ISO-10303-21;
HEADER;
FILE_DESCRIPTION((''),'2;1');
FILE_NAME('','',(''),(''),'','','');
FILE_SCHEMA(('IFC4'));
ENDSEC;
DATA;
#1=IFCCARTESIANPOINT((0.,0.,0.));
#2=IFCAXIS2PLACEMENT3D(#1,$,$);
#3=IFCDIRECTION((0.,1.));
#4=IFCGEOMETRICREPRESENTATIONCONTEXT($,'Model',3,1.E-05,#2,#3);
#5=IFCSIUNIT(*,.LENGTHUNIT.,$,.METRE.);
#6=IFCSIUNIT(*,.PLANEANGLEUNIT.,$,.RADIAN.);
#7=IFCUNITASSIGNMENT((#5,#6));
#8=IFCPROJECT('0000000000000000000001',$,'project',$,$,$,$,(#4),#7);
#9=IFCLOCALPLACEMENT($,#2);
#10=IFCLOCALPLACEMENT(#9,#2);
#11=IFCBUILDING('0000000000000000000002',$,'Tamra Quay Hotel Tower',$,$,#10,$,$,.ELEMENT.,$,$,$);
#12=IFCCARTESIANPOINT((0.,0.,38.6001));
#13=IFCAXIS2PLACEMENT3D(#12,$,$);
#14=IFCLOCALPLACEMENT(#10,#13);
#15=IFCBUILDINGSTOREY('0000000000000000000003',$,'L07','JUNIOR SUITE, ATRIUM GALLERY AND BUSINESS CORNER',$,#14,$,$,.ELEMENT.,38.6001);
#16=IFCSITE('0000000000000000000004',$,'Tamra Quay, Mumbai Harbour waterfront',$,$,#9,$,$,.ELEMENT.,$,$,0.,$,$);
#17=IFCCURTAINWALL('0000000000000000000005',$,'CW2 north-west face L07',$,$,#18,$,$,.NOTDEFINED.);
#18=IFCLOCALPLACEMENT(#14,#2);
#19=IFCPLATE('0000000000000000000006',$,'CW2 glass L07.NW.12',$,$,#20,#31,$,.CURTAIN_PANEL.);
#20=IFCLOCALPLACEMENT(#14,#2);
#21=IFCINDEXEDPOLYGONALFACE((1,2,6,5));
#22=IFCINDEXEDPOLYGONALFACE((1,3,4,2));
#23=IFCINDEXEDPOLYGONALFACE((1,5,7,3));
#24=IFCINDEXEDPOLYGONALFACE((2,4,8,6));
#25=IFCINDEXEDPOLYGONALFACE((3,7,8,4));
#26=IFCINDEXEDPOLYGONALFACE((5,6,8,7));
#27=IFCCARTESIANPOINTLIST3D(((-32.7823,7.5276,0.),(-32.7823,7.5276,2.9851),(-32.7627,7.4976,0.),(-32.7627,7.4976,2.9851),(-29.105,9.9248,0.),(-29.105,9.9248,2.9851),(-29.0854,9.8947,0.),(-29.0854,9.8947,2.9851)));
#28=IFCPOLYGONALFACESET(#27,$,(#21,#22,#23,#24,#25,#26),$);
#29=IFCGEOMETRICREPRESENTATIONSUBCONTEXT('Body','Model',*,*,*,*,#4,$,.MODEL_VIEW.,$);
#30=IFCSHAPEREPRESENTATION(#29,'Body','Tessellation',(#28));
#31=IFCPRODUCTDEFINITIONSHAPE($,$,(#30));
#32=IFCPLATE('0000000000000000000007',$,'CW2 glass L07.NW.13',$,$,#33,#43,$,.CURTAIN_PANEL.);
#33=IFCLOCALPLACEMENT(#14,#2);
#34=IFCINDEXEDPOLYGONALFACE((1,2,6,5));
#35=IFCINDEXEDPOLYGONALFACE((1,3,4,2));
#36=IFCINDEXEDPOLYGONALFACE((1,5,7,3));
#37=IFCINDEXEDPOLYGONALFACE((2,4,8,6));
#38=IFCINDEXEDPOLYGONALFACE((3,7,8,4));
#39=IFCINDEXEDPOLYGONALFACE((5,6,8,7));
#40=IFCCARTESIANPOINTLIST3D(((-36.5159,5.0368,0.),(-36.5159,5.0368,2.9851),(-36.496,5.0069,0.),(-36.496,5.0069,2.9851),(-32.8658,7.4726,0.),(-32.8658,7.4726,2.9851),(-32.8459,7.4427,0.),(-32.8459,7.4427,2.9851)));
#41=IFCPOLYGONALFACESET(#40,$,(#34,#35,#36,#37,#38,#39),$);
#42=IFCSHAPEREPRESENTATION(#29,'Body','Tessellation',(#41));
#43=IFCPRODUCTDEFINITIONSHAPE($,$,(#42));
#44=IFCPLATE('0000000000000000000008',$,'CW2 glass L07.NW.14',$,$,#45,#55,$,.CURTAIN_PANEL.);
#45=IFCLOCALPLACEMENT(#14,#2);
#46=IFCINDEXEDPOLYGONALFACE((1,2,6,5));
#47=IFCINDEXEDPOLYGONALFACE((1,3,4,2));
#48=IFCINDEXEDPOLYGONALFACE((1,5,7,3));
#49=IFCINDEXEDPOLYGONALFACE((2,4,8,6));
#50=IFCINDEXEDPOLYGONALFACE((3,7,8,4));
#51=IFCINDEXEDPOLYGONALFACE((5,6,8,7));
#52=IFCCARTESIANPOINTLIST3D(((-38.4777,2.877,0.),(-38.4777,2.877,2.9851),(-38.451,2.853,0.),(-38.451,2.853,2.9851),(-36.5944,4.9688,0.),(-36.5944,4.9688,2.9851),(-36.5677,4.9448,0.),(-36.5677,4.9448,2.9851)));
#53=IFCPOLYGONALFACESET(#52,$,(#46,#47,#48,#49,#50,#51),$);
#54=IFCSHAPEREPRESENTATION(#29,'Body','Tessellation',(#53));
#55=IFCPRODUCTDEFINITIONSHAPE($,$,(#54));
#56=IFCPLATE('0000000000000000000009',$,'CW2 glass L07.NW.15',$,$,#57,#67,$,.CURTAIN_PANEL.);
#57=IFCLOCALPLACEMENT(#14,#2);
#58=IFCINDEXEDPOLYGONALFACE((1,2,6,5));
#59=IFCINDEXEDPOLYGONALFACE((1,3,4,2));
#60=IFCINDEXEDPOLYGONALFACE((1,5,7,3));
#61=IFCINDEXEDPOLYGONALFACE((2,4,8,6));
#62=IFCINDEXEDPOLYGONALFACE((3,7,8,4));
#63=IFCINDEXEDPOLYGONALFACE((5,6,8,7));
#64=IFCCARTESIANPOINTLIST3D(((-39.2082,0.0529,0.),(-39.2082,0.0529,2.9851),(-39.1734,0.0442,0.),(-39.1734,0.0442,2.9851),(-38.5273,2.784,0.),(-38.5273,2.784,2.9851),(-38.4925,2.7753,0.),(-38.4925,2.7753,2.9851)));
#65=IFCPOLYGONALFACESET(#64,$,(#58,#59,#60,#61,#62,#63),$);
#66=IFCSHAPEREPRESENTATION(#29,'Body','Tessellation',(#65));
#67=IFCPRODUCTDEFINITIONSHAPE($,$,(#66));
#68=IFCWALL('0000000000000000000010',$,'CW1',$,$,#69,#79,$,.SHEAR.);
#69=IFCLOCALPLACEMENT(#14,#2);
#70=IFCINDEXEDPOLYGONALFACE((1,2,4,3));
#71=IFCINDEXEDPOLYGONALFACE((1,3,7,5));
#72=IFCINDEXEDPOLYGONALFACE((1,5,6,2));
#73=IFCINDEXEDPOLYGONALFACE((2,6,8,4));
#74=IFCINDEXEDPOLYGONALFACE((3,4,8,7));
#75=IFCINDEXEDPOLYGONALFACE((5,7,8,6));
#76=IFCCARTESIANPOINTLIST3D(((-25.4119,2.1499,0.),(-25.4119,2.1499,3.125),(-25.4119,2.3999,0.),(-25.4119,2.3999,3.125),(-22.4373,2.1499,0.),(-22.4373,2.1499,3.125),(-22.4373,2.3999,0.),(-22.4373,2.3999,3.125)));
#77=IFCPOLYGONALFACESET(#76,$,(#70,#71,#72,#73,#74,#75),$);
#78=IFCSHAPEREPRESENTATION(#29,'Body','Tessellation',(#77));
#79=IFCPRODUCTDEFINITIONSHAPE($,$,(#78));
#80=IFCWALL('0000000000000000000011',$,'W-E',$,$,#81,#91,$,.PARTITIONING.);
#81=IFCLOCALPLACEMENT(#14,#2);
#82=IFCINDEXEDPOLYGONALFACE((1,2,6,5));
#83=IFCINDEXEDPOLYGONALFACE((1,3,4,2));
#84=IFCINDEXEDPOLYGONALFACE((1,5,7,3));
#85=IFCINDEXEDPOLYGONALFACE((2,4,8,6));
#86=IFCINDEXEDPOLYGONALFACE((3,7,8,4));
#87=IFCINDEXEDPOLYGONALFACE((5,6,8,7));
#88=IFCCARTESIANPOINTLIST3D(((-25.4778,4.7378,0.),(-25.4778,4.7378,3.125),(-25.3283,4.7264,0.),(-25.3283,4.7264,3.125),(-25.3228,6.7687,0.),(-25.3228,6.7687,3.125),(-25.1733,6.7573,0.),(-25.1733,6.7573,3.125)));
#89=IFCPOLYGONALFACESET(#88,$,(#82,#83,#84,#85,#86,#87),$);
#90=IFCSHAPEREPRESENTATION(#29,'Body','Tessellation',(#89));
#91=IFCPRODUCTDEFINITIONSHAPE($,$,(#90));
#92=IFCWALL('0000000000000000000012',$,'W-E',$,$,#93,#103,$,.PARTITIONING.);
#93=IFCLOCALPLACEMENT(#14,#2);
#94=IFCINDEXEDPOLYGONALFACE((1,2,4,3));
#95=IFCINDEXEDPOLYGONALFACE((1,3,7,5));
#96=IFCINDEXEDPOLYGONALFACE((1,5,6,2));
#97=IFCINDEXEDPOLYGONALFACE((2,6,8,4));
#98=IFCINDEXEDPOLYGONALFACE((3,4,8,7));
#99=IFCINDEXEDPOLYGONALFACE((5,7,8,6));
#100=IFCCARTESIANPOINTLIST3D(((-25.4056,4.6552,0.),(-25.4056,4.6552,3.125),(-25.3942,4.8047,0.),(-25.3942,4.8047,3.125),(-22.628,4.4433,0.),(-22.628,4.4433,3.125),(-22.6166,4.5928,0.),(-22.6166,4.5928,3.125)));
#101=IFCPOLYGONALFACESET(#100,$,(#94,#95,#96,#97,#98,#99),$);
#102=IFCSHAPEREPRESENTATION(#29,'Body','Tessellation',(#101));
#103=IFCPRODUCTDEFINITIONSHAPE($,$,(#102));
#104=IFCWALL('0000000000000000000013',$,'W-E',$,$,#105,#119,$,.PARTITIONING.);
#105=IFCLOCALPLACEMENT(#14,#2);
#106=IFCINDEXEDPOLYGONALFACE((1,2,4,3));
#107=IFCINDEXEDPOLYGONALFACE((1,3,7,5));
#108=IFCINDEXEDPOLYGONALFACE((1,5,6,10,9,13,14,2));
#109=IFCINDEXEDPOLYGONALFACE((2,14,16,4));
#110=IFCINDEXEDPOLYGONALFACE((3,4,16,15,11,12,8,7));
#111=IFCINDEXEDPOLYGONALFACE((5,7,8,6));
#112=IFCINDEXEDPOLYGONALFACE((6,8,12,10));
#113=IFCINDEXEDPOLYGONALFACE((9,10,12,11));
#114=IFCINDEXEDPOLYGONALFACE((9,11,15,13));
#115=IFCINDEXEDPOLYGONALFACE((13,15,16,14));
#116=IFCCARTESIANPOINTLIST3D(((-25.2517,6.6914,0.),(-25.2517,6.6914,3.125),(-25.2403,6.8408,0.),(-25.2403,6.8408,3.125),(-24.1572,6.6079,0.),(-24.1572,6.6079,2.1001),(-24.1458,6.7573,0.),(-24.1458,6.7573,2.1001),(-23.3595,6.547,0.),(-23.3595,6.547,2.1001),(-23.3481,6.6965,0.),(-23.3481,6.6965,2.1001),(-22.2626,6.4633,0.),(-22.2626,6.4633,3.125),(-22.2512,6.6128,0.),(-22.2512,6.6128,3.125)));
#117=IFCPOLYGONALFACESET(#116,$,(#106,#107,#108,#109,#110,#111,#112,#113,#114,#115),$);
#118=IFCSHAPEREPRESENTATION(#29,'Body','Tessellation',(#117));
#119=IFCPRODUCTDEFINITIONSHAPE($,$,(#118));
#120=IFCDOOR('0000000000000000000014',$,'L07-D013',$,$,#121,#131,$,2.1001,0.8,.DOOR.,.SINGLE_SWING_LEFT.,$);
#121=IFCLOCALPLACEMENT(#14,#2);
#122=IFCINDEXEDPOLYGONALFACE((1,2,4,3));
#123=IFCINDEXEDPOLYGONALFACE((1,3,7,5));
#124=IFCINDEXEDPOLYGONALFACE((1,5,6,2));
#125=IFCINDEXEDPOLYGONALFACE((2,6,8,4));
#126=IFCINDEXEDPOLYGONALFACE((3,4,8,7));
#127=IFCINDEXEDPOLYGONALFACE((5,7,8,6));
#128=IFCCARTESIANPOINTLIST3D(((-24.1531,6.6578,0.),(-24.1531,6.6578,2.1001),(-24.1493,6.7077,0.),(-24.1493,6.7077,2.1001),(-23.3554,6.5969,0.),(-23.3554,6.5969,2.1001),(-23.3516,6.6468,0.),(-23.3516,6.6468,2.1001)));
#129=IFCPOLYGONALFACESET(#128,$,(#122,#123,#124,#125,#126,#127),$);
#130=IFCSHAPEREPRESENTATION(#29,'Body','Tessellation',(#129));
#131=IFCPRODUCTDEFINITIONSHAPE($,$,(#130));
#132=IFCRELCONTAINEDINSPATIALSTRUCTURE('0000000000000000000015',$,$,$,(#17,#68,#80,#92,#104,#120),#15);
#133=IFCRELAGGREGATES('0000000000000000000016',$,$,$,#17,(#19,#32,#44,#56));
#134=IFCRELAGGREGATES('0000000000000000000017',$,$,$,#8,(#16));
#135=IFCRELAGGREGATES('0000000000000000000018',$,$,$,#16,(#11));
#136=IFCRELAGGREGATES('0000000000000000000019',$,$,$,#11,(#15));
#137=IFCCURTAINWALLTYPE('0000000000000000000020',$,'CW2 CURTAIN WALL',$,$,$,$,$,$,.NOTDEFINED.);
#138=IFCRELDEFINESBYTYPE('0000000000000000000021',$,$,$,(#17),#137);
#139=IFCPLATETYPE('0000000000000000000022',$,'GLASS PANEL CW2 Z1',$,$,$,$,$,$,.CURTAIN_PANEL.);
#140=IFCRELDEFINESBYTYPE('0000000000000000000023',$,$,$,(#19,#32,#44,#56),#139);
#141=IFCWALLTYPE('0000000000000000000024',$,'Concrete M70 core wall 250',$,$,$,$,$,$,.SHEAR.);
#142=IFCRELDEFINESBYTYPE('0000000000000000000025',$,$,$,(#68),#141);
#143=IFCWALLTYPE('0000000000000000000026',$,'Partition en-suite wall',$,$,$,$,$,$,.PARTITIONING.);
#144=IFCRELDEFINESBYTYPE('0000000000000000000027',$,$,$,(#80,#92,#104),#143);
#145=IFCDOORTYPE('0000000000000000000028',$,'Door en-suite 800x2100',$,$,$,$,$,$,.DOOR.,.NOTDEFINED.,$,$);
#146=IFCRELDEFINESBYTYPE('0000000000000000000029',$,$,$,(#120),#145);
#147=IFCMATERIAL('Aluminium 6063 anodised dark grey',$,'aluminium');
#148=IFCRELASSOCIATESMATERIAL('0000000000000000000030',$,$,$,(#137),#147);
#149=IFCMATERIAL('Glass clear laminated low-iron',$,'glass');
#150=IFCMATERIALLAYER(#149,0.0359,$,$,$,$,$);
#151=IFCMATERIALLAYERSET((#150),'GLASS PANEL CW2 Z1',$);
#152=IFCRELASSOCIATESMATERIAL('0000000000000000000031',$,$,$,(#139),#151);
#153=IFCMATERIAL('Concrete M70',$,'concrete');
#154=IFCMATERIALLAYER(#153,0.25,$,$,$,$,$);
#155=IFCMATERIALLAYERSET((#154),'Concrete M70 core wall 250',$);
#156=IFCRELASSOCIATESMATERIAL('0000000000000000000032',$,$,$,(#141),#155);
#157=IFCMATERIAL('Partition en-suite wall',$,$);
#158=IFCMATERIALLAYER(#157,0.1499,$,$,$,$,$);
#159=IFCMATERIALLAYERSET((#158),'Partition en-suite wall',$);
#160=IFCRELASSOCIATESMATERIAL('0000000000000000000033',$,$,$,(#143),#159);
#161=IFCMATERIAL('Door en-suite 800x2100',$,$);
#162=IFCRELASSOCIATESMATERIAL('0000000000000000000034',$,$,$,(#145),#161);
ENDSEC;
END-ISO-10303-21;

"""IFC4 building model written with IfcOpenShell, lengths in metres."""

from ifc_helpers import new_model, si_unit, direction, frame, frame_2d, origin, origin_2d, place, context, subcontext, project, spatial, rectangle, extrude, material, layer, layer_set, type_object, element, fill, aggregate, save


model = new_model("IFC4")

# Units and contexts
model_context = context("Model", 3, precision=1e-05, world=origin(), true_north=direction((0.0, 1.0)))
body_context = subcontext(model_context, "Body", "Model", "MODEL_VIEW")
ifc_project = project(units=[si_unit("LENGTHUNIT", "METRE"), si_unit("PLANEANGLEUNIT", "RADIAN")], contexts=[model_context])

# Site, building, storey
site_placement = place(None, origin())
site = spatial("IfcSite", under=ifc_project, at=site_placement, Name="Tamra Quay, Mumbai Harbour waterfront", CompositionType="ELEMENT", RefElevation=0.0)
building_placement = place(site_placement, origin())
building = spatial("IfcBuilding", under=site, at=building_placement, Name="Tamra Quay Hotel Tower", CompositionType="ELEMENT")
storey_placement = place(building_placement, frame((0.0, 0.0, 38.6001)))
storey = spatial("IfcBuildingStorey", under=building, at=storey_placement, Name="L07", Description="JUNIOR SUITE, ATRIUM GALLERY AND BUSINESS CORNER", CompositionType="ELEMENT", Elevation=38.6001)

# Shared definitions
ifc_material_1 = material(Name="Concrete M70", Category="concrete")

# Curtain wall
ifc_material_2 = material(Name="Aluminium 6063 anodised dark grey", Category="aluminium")
curtain_wall_type = type_object("IfcCurtainWallType", Name="CW2 CURTAIN WALL", PredefinedType="NOTDEFINED", material=ifc_material_2)
curtain_wall_placement = place(storey_placement, origin())
curtain_wall = element("IfcCurtainWall", 1, at=curtain_wall_placement, inside=storey, type_object=curtain_wall_type, Name="CW2 north-west face L07", PredefinedType="NOTDEFINED")

# Plates
ifc_material_3 = material(Name="Glass clear laminated low-iron", Category="glass")
ifc_layer_1 = layer(ifc_material_3, 0.0359)
ifc_layer_set_1 = layer_set([ifc_layer_1], Name="GLASS PANEL CW2 Z1")
plate_type = type_object("IfcPlateType", Name="GLASS PANEL CW2 Z1", PredefinedType="CURTAIN_PANEL", material=ifc_layer_set_1)
plate_1_placement = place(storey_placement, frame((-30.9338, 8.7112, 0.0), z_axis=(0.0, 0.0, 1.0), x_axis=(-0.837728, -0.546088, 0.0)))
plate_1 = element("IfcPlate", 2, at=plate_1_placement, type_object=plate_type, Name="CW2 glass L07.NW.12", PredefinedType="CURTAIN_PANEL", context=body_context, shape_type="SweptSolid", body=[
    extrude(rectangle(XDim=4.3896, YDim=0.0359, at=origin_2d()), origin(), (0.0, 0.0, 1.0), 2.9851),
])
plate_2_placement = place(storey_placement, frame((-34.6809, 6.2397, 0.0), z_axis=(0.0, 0.0, 1.0), x_axis=(-0.831798, -0.555079, 0.0)))
plate_2 = element("IfcPlate", 3, at=plate_2_placement, type_object=plate_type, Name="CW2 glass L07.NW.13", PredefinedType="CURTAIN_PANEL", context=body_context, shape_type="SweptSolid", body=[
    extrude(rectangle(XDim=4.3882, YDim=0.0359, at=origin_2d()), origin(), (0.0, 0.0, 1.0), 2.9851),
])
plate_3_placement = place(storey_placement, frame((-37.5227, 3.9109, 0.0), z_axis=(0.0, 0.0, 1.0), x_axis=(-0.669112, -0.743161, 0.0)))
plate_3 = element("IfcPlate", 4, at=plate_3_placement, type_object=plate_type, Name="CW2 glass L07.NW.14", PredefinedType="CURTAIN_PANEL", context=body_context, shape_type="SweptSolid", body=[
    extrude(rectangle(XDim=2.8147, YDim=0.0359, at=origin_2d()), origin(), (0.0, 0.0, 1.0), 2.9851),
])
plate_4_placement = place(storey_placement, frame((-38.8503, 1.4141, 0.0), z_axis=(0.0, 0.0, 1.0), x_axis=(-0.241914, -0.970298, 0.0)))
plate_4 = element("IfcPlate", 5, at=plate_4_placement, type_object=plate_type, Name="CW2 glass L07.NW.15", PredefinedType="CURTAIN_PANEL", context=body_context, shape_type="SweptSolid", body=[
    extrude(rectangle(XDim=2.8147, YDim=0.0359, at=origin_2d()), origin(), (0.0, 0.0, 1.0), 2.9851),
])
aggregate(curtain_wall, [plate_1, plate_2, plate_3, plate_4])

# Walls
ifc_layer_2 = layer(ifc_material_1, 0.25)
ifc_layer_set_2 = layer_set([ifc_layer_2], Name="Concrete M70 core wall 250")
wall_type_1 = type_object("IfcWallType", Name="Concrete M70 core wall 250", PredefinedType="SHEAR", material=ifc_layer_set_2)
wall_1_placement = place(storey_placement, frame((-25.4119, 2.2749, 0.0), z_axis=(0.0, 0.0, 1.0), x_axis=(1.0, 0.0, 0.0)))
element("IfcWall", 6, at=wall_1_placement, inside=storey, type_object=wall_type_1, Name="CW1", PredefinedType="SHEAR", context=body_context, shape_type="SweptSolid", body=[
    extrude(rectangle(XDim=2.9746, YDim=0.25, at=frame_2d((1.4873, 0.0))), origin(), (0.0, 0.0, 1.0), 3.125),
])
ifc_material_4 = material(Name="Partition en-suite wall")
ifc_layer_3 = layer(ifc_material_4, 0.1499)
ifc_layer_set_3 = layer_set([ifc_layer_3], Name="Partition en-suite wall")
wall_type_2 = type_object("IfcWallType", Name="Partition en-suite wall", PredefinedType="PARTITIONING", material=ifc_layer_set_3)
wall_2_placement = place(storey_placement, frame((-25.4031, 4.7319, 0.0), z_axis=(0.0, 0.0, 1.0), x_axis=(0.07611, 0.997099, 0.0)))
element("IfcWall", 7, at=wall_2_placement, inside=storey, type_object=wall_type_2, Name="W-E", PredefinedType="PARTITIONING", context=body_context, shape_type="SweptSolid", body=[
    extrude(rectangle(XDim=2.0369, YDim=0.1499, at=frame_2d((1.0186, 0.0))), origin(), (0.0, 0.0, 1.0), 3.125),
])
wall_3_placement = place(storey_placement, frame((-25.3999, 4.73, 0.0), z_axis=(0.0, 0.0, 1.0), x_axis=(0.997102, -0.076073, 0.0)))
element("IfcWall", 8, at=wall_3_placement, inside=storey, type_object=wall_type_2, Name="W-E", PredefinedType="PARTITIONING", context=body_context, shape_type="SweptSolid", body=[
    extrude(rectangle(XDim=2.7856, YDim=0.1499, at=frame_2d((1.3928, 0.0))), origin(), (0.0, 0.0, 1.0), 3.125),
])

# Wall, opening, door
wall_4_placement = place(storey_placement, frame((-25.2461, 6.7661, 0.0), z_axis=(0.0, 0.0, 1.0), x_axis=(0.997103, -0.076067, 0.0)))
wall_4 = element("IfcWall", 9, at=wall_4_placement, inside=storey, type_object=wall_type_2, Name="W-E", PredefinedType="PARTITIONING", context=body_context, shape_type="SweptSolid", body=[
    extrude(rectangle(XDim=2.9978, YDim=0.1499, at=frame_2d((1.499, 0.0))), origin(), (0.0, 0.0, 1.0), 3.125),
])
opening_placement = place(wall_4_placement, frame((1.0979, 0.0, 0.0)))
opening = element("IfcOpeningElement", 10, at=opening_placement, cuts=wall_4, PredefinedType="OPENING", context=body_context, shape_type="SweptSolid", body=[
    extrude(rectangle(XDim=0.8, YDim=2.1001, at=frame_2d((0.3999, 1.05))), frame((0.0, 0.085, 0.0), z_axis=(0.0, -1.0, 0.0), x_axis=(1.0, 0.0, 0.0)), (0.0, 0.0, 1.0), 0.1699),
])
ifc_material_5 = material(Name="Door en-suite 800x2100")
door_type = type_object("IfcDoorType", Name="Door en-suite 800x2100", OperationType="NOTDEFINED", PredefinedType="DOOR", material=ifc_material_5)
door_placement = place(opening_placement, frame((0.8, 0.0, 0.0), z_axis=(0.0, 0.0, 1.0), x_axis=(-1.0, 0.0, 0.0)))
door = element("IfcDoor", 11, at=door_placement, inside=storey, type_object=door_type, Name="L07-D013", OperationType="SINGLE_SWING_LEFT", OverallHeight=2.1001, OverallWidth=0.8, PredefinedType="DOOR", context=body_context, shape_type="SweptSolid", body=[
    extrude(rectangle(XDim=0.8, YDim=2.1001, at=frame_2d((0.3999, 1.05))), frame((0.0, 0.0249, 0.0), z_axis=(0.0, -1.0, 0.0), x_axis=(1.0, 0.0, 0.0)), (0.0, 0.0, 1.0), 0.05),
])
fill(opening, door)

save(model, "model.ifc")
